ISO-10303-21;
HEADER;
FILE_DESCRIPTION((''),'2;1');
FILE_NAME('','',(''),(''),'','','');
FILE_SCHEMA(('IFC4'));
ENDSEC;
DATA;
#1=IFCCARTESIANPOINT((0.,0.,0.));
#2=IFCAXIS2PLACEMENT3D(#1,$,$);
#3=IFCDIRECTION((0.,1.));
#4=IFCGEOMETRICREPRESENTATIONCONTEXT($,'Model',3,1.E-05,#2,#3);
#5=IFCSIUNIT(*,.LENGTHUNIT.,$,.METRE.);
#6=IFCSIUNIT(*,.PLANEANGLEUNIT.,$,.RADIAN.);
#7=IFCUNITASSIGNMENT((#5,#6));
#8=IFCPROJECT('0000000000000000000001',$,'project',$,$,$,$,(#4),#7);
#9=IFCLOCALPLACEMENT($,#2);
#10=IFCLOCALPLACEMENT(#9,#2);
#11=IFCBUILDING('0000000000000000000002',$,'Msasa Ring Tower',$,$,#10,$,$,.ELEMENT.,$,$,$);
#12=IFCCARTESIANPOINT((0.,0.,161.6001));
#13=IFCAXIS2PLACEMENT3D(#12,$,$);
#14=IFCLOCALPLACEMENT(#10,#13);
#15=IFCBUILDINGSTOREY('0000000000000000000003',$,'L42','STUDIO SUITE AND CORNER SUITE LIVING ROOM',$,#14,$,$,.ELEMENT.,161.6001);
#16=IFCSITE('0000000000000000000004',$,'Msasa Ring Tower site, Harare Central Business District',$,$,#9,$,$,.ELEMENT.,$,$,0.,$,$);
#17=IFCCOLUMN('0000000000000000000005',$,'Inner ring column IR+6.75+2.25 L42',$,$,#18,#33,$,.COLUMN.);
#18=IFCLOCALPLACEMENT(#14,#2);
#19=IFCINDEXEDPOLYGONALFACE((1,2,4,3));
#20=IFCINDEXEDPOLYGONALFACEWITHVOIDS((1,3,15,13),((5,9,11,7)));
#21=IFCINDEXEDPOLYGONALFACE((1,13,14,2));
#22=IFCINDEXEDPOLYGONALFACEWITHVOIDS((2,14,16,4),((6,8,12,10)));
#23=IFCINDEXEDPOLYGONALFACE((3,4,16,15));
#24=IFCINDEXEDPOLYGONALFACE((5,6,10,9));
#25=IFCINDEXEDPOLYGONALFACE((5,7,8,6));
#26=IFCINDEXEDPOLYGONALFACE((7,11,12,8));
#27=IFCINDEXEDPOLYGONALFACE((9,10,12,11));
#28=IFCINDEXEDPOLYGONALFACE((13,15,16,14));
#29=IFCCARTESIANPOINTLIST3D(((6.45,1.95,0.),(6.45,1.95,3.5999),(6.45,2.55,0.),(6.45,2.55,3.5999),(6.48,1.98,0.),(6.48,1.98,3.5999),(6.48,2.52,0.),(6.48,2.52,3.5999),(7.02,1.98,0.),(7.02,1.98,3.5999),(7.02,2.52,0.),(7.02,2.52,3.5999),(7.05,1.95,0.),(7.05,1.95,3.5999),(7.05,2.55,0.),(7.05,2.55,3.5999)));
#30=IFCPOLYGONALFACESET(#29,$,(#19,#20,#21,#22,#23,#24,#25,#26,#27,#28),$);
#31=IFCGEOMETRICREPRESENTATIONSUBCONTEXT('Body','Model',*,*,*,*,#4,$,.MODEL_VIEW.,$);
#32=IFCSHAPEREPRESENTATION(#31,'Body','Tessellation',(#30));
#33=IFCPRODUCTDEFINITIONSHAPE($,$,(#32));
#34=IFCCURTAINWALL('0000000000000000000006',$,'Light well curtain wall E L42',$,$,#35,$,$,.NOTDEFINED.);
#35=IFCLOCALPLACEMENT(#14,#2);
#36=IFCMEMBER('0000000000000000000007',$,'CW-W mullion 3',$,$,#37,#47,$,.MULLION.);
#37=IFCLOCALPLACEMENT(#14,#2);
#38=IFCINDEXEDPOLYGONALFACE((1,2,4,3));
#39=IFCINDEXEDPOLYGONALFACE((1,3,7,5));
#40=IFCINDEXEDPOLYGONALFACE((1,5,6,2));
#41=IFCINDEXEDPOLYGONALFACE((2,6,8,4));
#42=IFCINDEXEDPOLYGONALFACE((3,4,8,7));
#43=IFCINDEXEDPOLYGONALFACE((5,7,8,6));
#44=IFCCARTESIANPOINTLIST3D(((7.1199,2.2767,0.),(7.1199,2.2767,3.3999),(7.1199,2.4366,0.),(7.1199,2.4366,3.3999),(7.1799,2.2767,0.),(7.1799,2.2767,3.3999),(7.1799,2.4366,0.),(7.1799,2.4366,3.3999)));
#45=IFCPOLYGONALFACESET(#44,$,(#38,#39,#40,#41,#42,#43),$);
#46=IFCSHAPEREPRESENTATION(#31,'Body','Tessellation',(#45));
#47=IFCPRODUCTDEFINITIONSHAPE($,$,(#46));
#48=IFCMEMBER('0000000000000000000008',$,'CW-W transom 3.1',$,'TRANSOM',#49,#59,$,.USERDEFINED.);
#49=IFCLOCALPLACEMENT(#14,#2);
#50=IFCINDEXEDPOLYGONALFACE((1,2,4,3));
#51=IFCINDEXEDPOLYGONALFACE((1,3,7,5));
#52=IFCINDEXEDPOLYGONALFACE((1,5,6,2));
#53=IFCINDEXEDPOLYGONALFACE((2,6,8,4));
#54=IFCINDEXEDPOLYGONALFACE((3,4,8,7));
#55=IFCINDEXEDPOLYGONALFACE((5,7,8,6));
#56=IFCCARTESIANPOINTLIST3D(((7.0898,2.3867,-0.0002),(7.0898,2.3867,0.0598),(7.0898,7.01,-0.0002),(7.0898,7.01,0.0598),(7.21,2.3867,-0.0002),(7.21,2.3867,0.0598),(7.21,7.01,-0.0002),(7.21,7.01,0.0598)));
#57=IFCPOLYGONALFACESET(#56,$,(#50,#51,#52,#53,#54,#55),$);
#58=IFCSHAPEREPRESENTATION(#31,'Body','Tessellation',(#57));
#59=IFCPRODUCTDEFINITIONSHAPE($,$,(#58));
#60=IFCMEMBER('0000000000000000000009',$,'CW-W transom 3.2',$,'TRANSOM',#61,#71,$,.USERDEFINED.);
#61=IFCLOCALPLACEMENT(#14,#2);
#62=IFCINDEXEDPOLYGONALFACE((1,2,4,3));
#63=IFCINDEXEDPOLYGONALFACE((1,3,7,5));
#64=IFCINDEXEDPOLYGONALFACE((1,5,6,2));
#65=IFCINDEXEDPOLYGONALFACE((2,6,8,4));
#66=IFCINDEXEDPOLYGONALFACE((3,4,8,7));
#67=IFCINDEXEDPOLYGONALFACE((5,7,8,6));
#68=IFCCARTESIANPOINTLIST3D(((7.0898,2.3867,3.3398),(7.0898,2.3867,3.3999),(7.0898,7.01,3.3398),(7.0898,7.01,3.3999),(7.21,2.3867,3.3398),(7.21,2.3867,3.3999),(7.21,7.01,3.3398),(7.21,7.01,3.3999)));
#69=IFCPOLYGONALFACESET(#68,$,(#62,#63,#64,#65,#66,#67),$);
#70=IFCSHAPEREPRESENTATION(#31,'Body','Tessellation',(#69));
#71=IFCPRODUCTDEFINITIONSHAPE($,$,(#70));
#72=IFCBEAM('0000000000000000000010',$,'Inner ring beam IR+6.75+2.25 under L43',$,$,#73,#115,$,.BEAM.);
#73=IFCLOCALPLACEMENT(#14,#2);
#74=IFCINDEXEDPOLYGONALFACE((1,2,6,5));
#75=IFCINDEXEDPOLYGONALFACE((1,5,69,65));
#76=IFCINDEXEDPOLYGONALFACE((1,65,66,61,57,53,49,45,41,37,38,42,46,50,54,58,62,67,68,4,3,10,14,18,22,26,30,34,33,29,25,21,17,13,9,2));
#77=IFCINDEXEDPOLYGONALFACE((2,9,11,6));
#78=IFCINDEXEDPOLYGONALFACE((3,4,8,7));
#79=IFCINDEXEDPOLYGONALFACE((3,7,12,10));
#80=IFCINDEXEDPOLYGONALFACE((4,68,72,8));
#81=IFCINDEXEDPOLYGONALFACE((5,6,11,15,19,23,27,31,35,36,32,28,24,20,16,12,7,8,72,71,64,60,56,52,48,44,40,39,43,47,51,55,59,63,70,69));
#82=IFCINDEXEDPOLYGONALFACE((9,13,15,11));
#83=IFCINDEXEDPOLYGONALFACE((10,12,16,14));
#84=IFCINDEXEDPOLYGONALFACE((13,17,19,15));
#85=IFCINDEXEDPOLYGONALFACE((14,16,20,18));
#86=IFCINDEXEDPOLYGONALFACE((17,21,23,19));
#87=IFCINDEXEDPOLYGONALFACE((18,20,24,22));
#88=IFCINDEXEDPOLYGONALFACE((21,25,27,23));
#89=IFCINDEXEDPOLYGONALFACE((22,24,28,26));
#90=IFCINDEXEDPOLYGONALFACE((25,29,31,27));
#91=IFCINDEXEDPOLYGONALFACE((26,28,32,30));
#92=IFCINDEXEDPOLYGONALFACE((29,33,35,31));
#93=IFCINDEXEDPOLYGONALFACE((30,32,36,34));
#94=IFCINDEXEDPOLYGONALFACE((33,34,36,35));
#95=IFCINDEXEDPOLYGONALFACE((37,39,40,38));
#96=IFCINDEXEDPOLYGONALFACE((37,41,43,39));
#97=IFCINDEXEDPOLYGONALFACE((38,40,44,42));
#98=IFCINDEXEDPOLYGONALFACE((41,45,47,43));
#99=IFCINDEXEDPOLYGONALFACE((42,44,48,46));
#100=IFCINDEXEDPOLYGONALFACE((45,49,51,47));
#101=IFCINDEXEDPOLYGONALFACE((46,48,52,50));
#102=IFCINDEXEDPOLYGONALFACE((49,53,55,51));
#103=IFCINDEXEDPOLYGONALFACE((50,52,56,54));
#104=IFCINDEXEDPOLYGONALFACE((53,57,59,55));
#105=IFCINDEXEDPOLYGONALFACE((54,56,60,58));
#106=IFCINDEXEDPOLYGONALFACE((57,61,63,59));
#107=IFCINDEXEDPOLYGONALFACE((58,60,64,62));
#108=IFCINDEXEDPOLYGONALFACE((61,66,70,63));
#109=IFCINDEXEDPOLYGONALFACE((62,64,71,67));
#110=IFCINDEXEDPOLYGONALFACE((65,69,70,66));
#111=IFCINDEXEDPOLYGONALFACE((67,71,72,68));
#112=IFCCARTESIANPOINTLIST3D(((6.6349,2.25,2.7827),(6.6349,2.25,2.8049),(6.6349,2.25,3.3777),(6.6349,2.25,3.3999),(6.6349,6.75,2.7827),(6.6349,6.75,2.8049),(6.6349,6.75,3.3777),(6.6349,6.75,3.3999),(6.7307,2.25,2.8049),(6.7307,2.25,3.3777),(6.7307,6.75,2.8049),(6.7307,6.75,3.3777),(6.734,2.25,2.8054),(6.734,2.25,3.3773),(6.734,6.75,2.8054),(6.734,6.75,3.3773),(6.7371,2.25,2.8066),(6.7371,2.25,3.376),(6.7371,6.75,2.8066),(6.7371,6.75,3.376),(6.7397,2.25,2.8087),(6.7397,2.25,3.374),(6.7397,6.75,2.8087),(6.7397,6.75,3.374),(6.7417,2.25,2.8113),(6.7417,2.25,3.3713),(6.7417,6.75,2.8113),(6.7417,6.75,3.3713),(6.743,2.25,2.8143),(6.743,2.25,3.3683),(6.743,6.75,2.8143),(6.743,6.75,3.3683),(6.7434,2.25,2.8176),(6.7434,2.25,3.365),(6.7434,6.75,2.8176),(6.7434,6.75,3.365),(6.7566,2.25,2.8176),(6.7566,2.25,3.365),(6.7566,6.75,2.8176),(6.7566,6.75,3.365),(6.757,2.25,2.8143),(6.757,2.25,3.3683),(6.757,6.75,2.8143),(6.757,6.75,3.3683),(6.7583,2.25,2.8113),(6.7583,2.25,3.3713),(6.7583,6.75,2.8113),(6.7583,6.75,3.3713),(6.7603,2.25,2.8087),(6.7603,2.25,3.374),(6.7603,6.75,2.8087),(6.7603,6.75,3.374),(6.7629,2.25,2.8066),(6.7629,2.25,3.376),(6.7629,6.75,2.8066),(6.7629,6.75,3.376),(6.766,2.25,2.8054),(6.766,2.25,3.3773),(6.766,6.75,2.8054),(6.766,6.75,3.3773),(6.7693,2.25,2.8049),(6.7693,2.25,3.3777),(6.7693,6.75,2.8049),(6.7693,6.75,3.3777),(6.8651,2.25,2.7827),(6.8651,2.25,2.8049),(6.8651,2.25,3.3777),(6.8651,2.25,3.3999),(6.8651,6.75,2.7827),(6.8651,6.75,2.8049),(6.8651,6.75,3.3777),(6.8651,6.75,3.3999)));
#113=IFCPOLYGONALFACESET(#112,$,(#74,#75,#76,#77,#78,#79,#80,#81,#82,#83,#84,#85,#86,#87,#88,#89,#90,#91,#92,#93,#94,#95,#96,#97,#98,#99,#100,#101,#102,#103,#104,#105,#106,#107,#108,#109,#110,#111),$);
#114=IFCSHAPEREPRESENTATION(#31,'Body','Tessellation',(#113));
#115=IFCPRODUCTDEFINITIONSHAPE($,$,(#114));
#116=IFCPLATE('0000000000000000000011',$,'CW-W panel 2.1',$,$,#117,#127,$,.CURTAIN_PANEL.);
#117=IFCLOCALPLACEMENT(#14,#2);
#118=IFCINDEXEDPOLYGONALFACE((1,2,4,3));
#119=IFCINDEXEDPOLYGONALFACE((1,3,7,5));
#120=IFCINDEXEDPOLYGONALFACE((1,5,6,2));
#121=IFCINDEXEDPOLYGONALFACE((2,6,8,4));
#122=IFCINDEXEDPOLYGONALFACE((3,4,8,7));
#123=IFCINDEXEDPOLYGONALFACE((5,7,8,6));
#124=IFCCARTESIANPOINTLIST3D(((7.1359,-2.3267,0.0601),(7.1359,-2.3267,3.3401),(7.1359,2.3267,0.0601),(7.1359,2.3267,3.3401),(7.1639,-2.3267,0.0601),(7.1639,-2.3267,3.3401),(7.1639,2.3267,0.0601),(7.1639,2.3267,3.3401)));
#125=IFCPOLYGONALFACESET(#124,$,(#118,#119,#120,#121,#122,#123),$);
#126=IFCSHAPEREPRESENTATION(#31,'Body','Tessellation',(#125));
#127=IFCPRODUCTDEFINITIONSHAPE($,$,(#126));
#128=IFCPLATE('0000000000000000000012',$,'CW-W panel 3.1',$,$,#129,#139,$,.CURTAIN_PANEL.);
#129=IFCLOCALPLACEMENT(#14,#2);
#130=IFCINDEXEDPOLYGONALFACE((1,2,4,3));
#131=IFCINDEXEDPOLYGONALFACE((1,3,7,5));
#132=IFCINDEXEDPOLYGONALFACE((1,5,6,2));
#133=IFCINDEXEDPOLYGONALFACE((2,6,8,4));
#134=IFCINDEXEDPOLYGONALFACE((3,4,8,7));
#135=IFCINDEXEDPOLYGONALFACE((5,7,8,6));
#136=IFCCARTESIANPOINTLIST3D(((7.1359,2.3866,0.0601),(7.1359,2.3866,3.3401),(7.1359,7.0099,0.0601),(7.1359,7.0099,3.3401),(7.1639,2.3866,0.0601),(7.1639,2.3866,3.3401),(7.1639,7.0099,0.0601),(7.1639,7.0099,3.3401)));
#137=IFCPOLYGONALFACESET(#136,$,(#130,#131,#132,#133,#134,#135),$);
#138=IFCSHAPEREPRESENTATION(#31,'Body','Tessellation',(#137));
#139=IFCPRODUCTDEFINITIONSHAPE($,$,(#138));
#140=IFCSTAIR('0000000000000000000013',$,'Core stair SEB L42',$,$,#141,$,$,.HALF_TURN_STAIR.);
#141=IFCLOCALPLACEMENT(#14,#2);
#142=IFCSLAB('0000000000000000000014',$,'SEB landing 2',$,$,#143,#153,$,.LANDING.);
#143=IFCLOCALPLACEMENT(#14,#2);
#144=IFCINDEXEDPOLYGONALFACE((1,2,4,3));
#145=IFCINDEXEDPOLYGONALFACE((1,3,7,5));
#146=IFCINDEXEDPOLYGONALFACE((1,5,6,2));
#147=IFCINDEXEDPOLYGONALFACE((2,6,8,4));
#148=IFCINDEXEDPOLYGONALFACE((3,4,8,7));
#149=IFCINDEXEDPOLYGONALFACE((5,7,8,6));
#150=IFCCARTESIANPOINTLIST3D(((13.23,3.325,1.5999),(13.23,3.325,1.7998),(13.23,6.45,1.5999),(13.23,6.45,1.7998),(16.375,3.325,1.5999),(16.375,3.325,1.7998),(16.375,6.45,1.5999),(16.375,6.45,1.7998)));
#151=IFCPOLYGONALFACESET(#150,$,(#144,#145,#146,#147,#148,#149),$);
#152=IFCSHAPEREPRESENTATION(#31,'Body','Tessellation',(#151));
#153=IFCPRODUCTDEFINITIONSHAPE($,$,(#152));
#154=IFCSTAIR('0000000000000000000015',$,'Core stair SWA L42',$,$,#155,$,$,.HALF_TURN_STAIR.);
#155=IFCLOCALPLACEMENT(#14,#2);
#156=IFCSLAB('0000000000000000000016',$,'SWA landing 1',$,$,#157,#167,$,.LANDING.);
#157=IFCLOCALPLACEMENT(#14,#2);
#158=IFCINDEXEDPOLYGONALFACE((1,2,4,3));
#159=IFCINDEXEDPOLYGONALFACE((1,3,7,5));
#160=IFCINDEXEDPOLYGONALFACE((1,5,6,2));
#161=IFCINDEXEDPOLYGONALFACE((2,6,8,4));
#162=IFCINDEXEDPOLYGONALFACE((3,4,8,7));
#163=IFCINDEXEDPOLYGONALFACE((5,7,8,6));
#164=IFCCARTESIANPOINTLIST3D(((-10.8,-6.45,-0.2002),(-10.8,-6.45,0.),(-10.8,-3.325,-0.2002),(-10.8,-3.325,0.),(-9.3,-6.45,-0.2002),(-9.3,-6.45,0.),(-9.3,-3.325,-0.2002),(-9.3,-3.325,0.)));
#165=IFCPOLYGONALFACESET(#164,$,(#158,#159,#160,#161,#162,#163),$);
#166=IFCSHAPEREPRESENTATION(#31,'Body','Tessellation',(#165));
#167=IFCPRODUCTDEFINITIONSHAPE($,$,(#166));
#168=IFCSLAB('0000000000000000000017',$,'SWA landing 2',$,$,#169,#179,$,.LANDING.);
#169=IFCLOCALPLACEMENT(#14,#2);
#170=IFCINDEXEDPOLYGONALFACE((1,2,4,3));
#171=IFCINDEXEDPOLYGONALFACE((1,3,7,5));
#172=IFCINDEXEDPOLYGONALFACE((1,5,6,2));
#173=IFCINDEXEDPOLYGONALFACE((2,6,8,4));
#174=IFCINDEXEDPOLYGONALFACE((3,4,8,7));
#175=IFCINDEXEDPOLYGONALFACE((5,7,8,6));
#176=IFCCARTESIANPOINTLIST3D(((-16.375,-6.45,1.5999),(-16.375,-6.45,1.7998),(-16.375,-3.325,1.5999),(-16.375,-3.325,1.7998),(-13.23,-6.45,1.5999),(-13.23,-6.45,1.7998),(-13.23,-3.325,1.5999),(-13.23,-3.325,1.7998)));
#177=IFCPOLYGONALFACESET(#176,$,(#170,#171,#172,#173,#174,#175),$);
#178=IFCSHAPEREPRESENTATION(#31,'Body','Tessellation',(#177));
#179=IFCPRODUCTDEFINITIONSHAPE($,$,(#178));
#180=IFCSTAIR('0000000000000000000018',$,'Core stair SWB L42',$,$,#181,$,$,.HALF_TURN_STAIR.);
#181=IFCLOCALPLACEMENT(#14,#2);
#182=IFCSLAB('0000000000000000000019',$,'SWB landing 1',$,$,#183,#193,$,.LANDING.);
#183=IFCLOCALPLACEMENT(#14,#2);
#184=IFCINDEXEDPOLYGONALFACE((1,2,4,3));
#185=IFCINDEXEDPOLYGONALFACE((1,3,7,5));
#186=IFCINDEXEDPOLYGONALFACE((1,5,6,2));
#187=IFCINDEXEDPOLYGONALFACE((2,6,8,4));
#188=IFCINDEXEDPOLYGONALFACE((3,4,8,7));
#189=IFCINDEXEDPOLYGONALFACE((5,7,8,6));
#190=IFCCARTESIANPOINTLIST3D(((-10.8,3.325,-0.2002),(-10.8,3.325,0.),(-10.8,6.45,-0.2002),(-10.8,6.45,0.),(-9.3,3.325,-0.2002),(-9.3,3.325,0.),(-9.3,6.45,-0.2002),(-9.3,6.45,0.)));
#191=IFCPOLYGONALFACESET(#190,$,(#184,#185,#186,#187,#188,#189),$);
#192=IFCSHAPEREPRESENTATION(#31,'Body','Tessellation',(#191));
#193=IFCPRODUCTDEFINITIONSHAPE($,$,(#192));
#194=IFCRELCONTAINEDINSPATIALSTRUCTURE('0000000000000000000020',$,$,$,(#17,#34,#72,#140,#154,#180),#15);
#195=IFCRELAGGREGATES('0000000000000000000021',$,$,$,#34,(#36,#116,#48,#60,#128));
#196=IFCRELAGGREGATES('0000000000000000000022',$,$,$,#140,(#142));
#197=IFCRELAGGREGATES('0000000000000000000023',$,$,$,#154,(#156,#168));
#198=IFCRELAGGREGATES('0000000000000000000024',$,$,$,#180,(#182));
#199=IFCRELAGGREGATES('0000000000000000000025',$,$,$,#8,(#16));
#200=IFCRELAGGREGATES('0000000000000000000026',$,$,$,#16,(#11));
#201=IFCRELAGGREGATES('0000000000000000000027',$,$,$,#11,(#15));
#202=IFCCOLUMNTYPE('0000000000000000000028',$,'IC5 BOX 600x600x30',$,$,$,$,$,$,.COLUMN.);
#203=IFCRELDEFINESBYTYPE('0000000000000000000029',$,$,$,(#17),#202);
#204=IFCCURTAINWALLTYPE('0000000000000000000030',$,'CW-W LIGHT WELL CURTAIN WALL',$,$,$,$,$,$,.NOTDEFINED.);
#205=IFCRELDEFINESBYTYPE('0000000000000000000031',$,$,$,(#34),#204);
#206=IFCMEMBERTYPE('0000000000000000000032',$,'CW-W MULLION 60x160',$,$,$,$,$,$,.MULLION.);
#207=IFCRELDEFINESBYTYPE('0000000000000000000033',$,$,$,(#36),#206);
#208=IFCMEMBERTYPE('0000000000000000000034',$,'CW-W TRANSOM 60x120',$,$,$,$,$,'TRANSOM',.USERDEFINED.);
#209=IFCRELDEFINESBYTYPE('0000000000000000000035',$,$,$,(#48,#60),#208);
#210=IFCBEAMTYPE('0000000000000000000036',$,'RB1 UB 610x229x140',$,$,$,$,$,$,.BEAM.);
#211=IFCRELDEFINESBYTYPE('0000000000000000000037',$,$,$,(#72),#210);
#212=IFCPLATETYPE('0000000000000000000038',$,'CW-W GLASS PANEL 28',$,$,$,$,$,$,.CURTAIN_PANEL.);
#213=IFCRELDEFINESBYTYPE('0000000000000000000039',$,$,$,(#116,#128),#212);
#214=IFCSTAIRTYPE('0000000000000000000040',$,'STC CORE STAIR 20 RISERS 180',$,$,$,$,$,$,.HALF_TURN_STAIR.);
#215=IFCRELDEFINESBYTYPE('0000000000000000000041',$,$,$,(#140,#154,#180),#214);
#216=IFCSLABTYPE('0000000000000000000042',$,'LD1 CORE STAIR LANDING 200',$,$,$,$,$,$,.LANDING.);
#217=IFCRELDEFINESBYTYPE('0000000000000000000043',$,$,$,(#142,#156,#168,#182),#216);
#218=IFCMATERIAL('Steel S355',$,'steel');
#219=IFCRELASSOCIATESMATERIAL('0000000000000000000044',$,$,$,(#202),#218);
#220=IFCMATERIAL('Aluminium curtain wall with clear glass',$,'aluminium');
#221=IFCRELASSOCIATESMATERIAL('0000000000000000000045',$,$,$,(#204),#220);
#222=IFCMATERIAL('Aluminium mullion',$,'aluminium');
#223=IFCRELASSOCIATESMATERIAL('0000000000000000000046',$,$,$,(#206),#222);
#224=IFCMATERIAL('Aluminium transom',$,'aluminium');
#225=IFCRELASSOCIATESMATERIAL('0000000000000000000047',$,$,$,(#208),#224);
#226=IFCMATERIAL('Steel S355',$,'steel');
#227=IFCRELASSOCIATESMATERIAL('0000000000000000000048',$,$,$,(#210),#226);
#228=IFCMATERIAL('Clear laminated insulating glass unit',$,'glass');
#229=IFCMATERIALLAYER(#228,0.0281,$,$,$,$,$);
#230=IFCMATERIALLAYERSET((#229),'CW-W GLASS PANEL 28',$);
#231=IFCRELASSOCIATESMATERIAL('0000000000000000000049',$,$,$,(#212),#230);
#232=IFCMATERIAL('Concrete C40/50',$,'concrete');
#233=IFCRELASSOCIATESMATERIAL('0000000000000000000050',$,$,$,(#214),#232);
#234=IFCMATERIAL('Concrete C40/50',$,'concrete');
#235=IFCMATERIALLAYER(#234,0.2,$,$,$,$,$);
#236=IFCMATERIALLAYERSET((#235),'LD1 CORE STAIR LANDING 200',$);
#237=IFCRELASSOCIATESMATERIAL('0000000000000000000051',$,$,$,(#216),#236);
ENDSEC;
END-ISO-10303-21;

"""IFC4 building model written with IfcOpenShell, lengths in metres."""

from ifc_helpers import new_model, si_unit, direction, frame, origin, origin_2d, place, context, subcontext, project, spatial, polyline, rectangle, hollow_rectangle, i_section, outline, extrude, material, layer, layer_set, material_profile, profile_set, type_object, element, aggregate, save


model = new_model("IFC4")

# Units and contexts
model_context = context("Model", 3, precision=1e-05, world=origin(), true_north=direction((0.0, 1.0)))
body_context = subcontext(model_context, "Body", "Model", "MODEL_VIEW")
ifc_project = project(units=[si_unit("LENGTHUNIT", "METRE"), si_unit("PLANEANGLEUNIT", "RADIAN")], contexts=[model_context])

# Site, building, storey
site_placement = place(None, origin())
site = spatial("IfcSite", under=ifc_project, at=site_placement, Name="Msasa Ring Tower site, Harare Central Business District", CompositionType="ELEMENT", RefElevation=0.0)
building_placement = place(site_placement, origin())
building = spatial("IfcBuilding", under=site, at=building_placement, Name="Msasa Ring Tower", CompositionType="ELEMENT")
storey_placement = place(building_placement, frame((0.0, 0.0, 161.6001)))
storey = spatial("IfcBuildingStorey", under=building, at=storey_placement, Name="L42", Description="STUDIO SUITE AND CORNER SUITE LIVING ROOM", CompositionType="ELEMENT", Elevation=161.6001)

# Column
ifc_material_1 = material(Name="Steel S355", Category="steel")
ifc_material_profile_1 = material_profile(ifc_material_1, hollow_rectangle(XDim=0.6001, YDim=0.6001, WallThickness=0.03, at=origin_2d()), Name="BOX 600x600x30")
ifc_profile_set_1 = profile_set([ifc_material_profile_1], Name="Steel S355")
column_type = type_object("IfcColumnType", Name="IC5 BOX 600x600x30", PredefinedType="COLUMN", material=ifc_profile_set_1)
column_placement = place(storey_placement, frame((6.75, 2.25, 0.0), z_axis=(0.0, 0.0, 1.0), x_axis=(1.0, 0.0, 0.0)))
element("IfcColumn", 1, at=column_placement, inside=storey, type_object=column_type, Name="Inner ring column IR+6.75+2.25 L42", PredefinedType="COLUMN", context=body_context, shape_type="SweptSolid", body=[
    extrude(hollow_rectangle(XDim=0.6001, YDim=0.6001, WallThickness=0.03, at=origin_2d()), origin(), (0.0, 0.0, 1.0), 3.5999),
])

# Curtain wall, members
ifc_material_2 = material(Name="Aluminium curtain wall with clear glass", Category="aluminium")
curtain_wall_type = type_object("IfcCurtainWallType", Name="CW-W LIGHT WELL CURTAIN WALL", PredefinedType="NOTDEFINED", material=ifc_material_2)
curtain_wall_placement = place(storey_placement, origin())
curtain_wall = element("IfcCurtainWall", 2, at=curtain_wall_placement, inside=storey, type_object=curtain_wall_type, Name="Light well curtain wall E L42", PredefinedType="NOTDEFINED")
ifc_material_3 = material(Name="Aluminium mullion", Category="aluminium")
ifc_material_profile_2 = material_profile(ifc_material_3, rectangle(XDim=0.0601, YDim=0.1599, at=origin_2d()), Name="AL 60x160")
ifc_profile_set_2 = profile_set([ifc_material_profile_2], Name="Aluminium mullion")
member_type_1 = type_object("IfcMemberType", Name="CW-W MULLION 60x160", PredefinedType="MULLION", material=ifc_profile_set_2)
member_1_placement = place(storey_placement, frame((7.1499, 2.3567, 0.0), z_axis=(0.0, 0.0, 1.0), x_axis=(-1.0, 0.0, 0.0)))
member_1 = element("IfcMember", 3, at=member_1_placement, type_object=member_type_1, Name="CW-W mullion 3", PredefinedType="MULLION", context=body_context, shape_type="SweptSolid", body=[
    extrude(rectangle(XDim=0.0601, YDim=0.1599, at=origin_2d()), origin(), (0.0, 0.0, 1.0), 3.3999),
])
ifc_material_4 = material(Name="Aluminium transom", Category="aluminium")
ifc_material_profile_3 = material_profile(ifc_material_4, rectangle(XDim=0.1201, YDim=0.0601, at=origin_2d()), Name="AL 60x120")
ifc_profile_set_3 = profile_set([ifc_material_profile_3], Name="Aluminium transom")
member_type_2 = type_object("IfcMemberType", Name="CW-W TRANSOM 60x120", ElementType="TRANSOM", PredefinedType="USERDEFINED", material=ifc_profile_set_3)
member_2_placement = place(storey_placement, frame((7.1499, 2.3867, 0.0298), z_axis=(0.0, 1.0, 0.0), x_axis=(-1.0, 0.0, 0.0)))
member_2 = element("IfcMember", 4, at=member_2_placement, type_object=member_type_2, Name="CW-W transom 3.1", ObjectType="TRANSOM", PredefinedType="USERDEFINED", context=body_context, shape_type="SweptSolid", body=[
    extrude(rectangle(XDim=0.1201, YDim=0.0601, at=origin_2d()), origin(), (0.0, 0.0, 1.0), 4.6233),
])
member_3_placement = place(storey_placement, frame((7.1499, 2.3867, 3.3699), z_axis=(0.0, 1.0, 0.0), x_axis=(-1.0, 0.0, 0.0)))
member_3 = element("IfcMember", 5, at=member_3_placement, type_object=member_type_2, Name="CW-W transom 3.2", ObjectType="TRANSOM", PredefinedType="USERDEFINED", context=body_context, shape_type="SweptSolid", body=[
    extrude(rectangle(XDim=0.1201, YDim=0.0601, at=origin_2d()), origin(), (0.0, 0.0, 1.0), 4.6233),
])

# Beam
ifc_material_5 = material(Name="Steel S355", Category="steel")
ifc_material_profile_4 = material_profile(ifc_material_5, i_section(OverallWidth=0.2302, OverallDepth=0.6172, WebThickness=0.0132, FlangeThickness=0.0222, FilletRadius=0.0127, at=origin_2d()), Name="UB 610x229x140")
ifc_profile_set_4 = profile_set([ifc_material_profile_4], Name="Steel S355")
beam_type = type_object("IfcBeamType", Name="RB1 UB 610x229x140", PredefinedType="BEAM", material=ifc_profile_set_4)
beam_placement = place(storey_placement, frame((6.75, 2.25, 3.0913), z_axis=(0.0, 1.0, 0.0), x_axis=(-1.0, 0.0, 0.0)))
element("IfcBeam", 6, at=beam_placement, inside=storey, type_object=beam_type, Name="Inner ring beam IR+6.75+2.25 under L43", PredefinedType="BEAM", context=body_context, shape_type="SweptSolid", body=[
    extrude(i_section(OverallWidth=0.2302, OverallDepth=0.6172, WebThickness=0.0132, FlangeThickness=0.0222, FilletRadius=0.0127, at=origin_2d()), origin(), (0.0, 0.0, 1.0), 4.5),
])

# Plates
ifc_material_6 = material(Name="Clear laminated insulating glass unit", Category="glass")
ifc_layer_1 = layer(ifc_material_6, 0.0281)
ifc_layer_set_1 = layer_set([ifc_layer_1], Name="CW-W GLASS PANEL 28")
plate_type = type_object("IfcPlateType", Name="CW-W GLASS PANEL 28", PredefinedType="CURTAIN_PANEL", material=ifc_layer_set_1)
plate_1_placement = place(storey_placement, frame((7.1499, 0.0, 0.0601), z_axis=(0.0, 0.0, 1.0), x_axis=(0.0, 1.0, 0.0)))
plate_1 = element("IfcPlate", 7, at=plate_1_placement, type_object=plate_type, Name="CW-W panel 2.1", PredefinedType="CURTAIN_PANEL", context=body_context, shape_type="SweptSolid", body=[
    extrude(rectangle(XDim=4.6533, YDim=0.0281, at=origin_2d()), origin(), (0.0, 0.0, 1.0), 3.28),
])
plate_2_placement = place(storey_placement, frame((7.1499, 4.6982, 0.0601), z_axis=(0.0, 0.0, 1.0), x_axis=(0.0, 1.0, 0.0)))
plate_2 = element("IfcPlate", 8, at=plate_2_placement, type_object=plate_type, Name="CW-W panel 3.1", PredefinedType="CURTAIN_PANEL", context=body_context, shape_type="SweptSolid", body=[
    extrude(rectangle(XDim=4.6233, YDim=0.0281, at=origin_2d()), origin(), (0.0, 0.0, 1.0), 3.28),
])
aggregate(curtain_wall, [member_1, plate_1, member_2, member_3, plate_2])

# Stair, slab
ifc_material_7 = material(Name="Concrete C40/50", Category="concrete")
stair_type = type_object("IfcStairType", Name="STC CORE STAIR 20 RISERS 180", PredefinedType="HALF_TURN_STAIR", material=ifc_material_7)
stair_1_placement = place(storey_placement, origin())
stair_1 = element("IfcStair", 9, at=stair_1_placement, inside=storey, type_object=stair_type, Name="Core stair SEB L42", PredefinedType="HALF_TURN_STAIR")
ifc_material_8 = material(Name="Concrete C40/50", Category="concrete")
ifc_layer_2 = layer(ifc_material_8, 0.2)
ifc_layer_set_2 = layer_set([ifc_layer_2], Name="LD1 CORE STAIR LANDING 200")
slab_type = type_object("IfcSlabType", Name="LD1 CORE STAIR LANDING 200", PredefinedType="LANDING", material=ifc_layer_set_2)
slab_1_placement = place(storey_placement, frame((0.0, 0.0, 1.5999)))
slab_1 = element("IfcSlab", 10, at=slab_1_placement, type_object=slab_type, Name="SEB landing 2", PredefinedType="LANDING", context=body_context, shape_type="SweptSolid", body=[
    extrude(outline(polyline([(13.23, 3.325), (16.375, 3.325), (16.375, 6.45), (13.23, 6.45), (13.23, 3.325)])), origin(), (0.0, 0.0, 1.0), 0.2),
])
aggregate(stair_1, [slab_1])

# Stairs, slabs
stair_2_placement = place(storey_placement, origin())
stair_2 = element("IfcStair", 11, at=stair_2_placement, inside=storey, type_object=stair_type, Name="Core stair SWA L42", PredefinedType="HALF_TURN_STAIR")
slab_2_placement = place(storey_placement, frame((0.0, 0.0, -0.2002)))
slab_2 = element("IfcSlab", 12, at=slab_2_placement, type_object=slab_type, Name="SWA landing 1", PredefinedType="LANDING", context=body_context, shape_type="SweptSolid", body=[
    extrude(outline(polyline([(-10.8, -6.45), (-9.3, -6.45), (-9.3, -3.325), (-10.8, -3.325), (-10.8, -6.45)])), origin(), (0.0, 0.0, 1.0), 0.2002),
])
slab_3_placement = place(storey_placement, frame((0.0, 0.0, 1.5999)))
slab_3 = element("IfcSlab", 13, at=slab_3_placement, type_object=slab_type, Name="SWA landing 2", PredefinedType="LANDING", context=body_context, shape_type="SweptSolid", body=[
    extrude(outline(polyline([(-16.375, -6.45), (-13.23, -6.45), (-13.23, -3.325), (-16.375, -3.325), (-16.375, -6.45)])), origin(), (0.0, 0.0, 1.0), 0.2),
])
aggregate(stair_2, [slab_2, slab_3])
stair_3_placement = place(storey_placement, origin())
stair_3 = element("IfcStair", 14, at=stair_3_placement, inside=storey, type_object=stair_type, Name="Core stair SWB L42", PredefinedType="HALF_TURN_STAIR")
slab_4_placement = place(storey_placement, frame((0.0, 0.0, -0.2002)))
slab_4 = element("IfcSlab", 15, at=slab_4_placement, type_object=slab_type, Name="SWB landing 1", PredefinedType="LANDING", context=body_context, shape_type="SweptSolid", body=[
    extrude(outline(polyline([(-10.8, 3.325), (-9.3, 3.325), (-9.3, 6.45), (-10.8, 6.45), (-10.8, 3.325)])), origin(), (0.0, 0.0, 1.0), 0.2002),
])
aggregate(stair_3, [slab_4])

save(model, "model.ifc")
